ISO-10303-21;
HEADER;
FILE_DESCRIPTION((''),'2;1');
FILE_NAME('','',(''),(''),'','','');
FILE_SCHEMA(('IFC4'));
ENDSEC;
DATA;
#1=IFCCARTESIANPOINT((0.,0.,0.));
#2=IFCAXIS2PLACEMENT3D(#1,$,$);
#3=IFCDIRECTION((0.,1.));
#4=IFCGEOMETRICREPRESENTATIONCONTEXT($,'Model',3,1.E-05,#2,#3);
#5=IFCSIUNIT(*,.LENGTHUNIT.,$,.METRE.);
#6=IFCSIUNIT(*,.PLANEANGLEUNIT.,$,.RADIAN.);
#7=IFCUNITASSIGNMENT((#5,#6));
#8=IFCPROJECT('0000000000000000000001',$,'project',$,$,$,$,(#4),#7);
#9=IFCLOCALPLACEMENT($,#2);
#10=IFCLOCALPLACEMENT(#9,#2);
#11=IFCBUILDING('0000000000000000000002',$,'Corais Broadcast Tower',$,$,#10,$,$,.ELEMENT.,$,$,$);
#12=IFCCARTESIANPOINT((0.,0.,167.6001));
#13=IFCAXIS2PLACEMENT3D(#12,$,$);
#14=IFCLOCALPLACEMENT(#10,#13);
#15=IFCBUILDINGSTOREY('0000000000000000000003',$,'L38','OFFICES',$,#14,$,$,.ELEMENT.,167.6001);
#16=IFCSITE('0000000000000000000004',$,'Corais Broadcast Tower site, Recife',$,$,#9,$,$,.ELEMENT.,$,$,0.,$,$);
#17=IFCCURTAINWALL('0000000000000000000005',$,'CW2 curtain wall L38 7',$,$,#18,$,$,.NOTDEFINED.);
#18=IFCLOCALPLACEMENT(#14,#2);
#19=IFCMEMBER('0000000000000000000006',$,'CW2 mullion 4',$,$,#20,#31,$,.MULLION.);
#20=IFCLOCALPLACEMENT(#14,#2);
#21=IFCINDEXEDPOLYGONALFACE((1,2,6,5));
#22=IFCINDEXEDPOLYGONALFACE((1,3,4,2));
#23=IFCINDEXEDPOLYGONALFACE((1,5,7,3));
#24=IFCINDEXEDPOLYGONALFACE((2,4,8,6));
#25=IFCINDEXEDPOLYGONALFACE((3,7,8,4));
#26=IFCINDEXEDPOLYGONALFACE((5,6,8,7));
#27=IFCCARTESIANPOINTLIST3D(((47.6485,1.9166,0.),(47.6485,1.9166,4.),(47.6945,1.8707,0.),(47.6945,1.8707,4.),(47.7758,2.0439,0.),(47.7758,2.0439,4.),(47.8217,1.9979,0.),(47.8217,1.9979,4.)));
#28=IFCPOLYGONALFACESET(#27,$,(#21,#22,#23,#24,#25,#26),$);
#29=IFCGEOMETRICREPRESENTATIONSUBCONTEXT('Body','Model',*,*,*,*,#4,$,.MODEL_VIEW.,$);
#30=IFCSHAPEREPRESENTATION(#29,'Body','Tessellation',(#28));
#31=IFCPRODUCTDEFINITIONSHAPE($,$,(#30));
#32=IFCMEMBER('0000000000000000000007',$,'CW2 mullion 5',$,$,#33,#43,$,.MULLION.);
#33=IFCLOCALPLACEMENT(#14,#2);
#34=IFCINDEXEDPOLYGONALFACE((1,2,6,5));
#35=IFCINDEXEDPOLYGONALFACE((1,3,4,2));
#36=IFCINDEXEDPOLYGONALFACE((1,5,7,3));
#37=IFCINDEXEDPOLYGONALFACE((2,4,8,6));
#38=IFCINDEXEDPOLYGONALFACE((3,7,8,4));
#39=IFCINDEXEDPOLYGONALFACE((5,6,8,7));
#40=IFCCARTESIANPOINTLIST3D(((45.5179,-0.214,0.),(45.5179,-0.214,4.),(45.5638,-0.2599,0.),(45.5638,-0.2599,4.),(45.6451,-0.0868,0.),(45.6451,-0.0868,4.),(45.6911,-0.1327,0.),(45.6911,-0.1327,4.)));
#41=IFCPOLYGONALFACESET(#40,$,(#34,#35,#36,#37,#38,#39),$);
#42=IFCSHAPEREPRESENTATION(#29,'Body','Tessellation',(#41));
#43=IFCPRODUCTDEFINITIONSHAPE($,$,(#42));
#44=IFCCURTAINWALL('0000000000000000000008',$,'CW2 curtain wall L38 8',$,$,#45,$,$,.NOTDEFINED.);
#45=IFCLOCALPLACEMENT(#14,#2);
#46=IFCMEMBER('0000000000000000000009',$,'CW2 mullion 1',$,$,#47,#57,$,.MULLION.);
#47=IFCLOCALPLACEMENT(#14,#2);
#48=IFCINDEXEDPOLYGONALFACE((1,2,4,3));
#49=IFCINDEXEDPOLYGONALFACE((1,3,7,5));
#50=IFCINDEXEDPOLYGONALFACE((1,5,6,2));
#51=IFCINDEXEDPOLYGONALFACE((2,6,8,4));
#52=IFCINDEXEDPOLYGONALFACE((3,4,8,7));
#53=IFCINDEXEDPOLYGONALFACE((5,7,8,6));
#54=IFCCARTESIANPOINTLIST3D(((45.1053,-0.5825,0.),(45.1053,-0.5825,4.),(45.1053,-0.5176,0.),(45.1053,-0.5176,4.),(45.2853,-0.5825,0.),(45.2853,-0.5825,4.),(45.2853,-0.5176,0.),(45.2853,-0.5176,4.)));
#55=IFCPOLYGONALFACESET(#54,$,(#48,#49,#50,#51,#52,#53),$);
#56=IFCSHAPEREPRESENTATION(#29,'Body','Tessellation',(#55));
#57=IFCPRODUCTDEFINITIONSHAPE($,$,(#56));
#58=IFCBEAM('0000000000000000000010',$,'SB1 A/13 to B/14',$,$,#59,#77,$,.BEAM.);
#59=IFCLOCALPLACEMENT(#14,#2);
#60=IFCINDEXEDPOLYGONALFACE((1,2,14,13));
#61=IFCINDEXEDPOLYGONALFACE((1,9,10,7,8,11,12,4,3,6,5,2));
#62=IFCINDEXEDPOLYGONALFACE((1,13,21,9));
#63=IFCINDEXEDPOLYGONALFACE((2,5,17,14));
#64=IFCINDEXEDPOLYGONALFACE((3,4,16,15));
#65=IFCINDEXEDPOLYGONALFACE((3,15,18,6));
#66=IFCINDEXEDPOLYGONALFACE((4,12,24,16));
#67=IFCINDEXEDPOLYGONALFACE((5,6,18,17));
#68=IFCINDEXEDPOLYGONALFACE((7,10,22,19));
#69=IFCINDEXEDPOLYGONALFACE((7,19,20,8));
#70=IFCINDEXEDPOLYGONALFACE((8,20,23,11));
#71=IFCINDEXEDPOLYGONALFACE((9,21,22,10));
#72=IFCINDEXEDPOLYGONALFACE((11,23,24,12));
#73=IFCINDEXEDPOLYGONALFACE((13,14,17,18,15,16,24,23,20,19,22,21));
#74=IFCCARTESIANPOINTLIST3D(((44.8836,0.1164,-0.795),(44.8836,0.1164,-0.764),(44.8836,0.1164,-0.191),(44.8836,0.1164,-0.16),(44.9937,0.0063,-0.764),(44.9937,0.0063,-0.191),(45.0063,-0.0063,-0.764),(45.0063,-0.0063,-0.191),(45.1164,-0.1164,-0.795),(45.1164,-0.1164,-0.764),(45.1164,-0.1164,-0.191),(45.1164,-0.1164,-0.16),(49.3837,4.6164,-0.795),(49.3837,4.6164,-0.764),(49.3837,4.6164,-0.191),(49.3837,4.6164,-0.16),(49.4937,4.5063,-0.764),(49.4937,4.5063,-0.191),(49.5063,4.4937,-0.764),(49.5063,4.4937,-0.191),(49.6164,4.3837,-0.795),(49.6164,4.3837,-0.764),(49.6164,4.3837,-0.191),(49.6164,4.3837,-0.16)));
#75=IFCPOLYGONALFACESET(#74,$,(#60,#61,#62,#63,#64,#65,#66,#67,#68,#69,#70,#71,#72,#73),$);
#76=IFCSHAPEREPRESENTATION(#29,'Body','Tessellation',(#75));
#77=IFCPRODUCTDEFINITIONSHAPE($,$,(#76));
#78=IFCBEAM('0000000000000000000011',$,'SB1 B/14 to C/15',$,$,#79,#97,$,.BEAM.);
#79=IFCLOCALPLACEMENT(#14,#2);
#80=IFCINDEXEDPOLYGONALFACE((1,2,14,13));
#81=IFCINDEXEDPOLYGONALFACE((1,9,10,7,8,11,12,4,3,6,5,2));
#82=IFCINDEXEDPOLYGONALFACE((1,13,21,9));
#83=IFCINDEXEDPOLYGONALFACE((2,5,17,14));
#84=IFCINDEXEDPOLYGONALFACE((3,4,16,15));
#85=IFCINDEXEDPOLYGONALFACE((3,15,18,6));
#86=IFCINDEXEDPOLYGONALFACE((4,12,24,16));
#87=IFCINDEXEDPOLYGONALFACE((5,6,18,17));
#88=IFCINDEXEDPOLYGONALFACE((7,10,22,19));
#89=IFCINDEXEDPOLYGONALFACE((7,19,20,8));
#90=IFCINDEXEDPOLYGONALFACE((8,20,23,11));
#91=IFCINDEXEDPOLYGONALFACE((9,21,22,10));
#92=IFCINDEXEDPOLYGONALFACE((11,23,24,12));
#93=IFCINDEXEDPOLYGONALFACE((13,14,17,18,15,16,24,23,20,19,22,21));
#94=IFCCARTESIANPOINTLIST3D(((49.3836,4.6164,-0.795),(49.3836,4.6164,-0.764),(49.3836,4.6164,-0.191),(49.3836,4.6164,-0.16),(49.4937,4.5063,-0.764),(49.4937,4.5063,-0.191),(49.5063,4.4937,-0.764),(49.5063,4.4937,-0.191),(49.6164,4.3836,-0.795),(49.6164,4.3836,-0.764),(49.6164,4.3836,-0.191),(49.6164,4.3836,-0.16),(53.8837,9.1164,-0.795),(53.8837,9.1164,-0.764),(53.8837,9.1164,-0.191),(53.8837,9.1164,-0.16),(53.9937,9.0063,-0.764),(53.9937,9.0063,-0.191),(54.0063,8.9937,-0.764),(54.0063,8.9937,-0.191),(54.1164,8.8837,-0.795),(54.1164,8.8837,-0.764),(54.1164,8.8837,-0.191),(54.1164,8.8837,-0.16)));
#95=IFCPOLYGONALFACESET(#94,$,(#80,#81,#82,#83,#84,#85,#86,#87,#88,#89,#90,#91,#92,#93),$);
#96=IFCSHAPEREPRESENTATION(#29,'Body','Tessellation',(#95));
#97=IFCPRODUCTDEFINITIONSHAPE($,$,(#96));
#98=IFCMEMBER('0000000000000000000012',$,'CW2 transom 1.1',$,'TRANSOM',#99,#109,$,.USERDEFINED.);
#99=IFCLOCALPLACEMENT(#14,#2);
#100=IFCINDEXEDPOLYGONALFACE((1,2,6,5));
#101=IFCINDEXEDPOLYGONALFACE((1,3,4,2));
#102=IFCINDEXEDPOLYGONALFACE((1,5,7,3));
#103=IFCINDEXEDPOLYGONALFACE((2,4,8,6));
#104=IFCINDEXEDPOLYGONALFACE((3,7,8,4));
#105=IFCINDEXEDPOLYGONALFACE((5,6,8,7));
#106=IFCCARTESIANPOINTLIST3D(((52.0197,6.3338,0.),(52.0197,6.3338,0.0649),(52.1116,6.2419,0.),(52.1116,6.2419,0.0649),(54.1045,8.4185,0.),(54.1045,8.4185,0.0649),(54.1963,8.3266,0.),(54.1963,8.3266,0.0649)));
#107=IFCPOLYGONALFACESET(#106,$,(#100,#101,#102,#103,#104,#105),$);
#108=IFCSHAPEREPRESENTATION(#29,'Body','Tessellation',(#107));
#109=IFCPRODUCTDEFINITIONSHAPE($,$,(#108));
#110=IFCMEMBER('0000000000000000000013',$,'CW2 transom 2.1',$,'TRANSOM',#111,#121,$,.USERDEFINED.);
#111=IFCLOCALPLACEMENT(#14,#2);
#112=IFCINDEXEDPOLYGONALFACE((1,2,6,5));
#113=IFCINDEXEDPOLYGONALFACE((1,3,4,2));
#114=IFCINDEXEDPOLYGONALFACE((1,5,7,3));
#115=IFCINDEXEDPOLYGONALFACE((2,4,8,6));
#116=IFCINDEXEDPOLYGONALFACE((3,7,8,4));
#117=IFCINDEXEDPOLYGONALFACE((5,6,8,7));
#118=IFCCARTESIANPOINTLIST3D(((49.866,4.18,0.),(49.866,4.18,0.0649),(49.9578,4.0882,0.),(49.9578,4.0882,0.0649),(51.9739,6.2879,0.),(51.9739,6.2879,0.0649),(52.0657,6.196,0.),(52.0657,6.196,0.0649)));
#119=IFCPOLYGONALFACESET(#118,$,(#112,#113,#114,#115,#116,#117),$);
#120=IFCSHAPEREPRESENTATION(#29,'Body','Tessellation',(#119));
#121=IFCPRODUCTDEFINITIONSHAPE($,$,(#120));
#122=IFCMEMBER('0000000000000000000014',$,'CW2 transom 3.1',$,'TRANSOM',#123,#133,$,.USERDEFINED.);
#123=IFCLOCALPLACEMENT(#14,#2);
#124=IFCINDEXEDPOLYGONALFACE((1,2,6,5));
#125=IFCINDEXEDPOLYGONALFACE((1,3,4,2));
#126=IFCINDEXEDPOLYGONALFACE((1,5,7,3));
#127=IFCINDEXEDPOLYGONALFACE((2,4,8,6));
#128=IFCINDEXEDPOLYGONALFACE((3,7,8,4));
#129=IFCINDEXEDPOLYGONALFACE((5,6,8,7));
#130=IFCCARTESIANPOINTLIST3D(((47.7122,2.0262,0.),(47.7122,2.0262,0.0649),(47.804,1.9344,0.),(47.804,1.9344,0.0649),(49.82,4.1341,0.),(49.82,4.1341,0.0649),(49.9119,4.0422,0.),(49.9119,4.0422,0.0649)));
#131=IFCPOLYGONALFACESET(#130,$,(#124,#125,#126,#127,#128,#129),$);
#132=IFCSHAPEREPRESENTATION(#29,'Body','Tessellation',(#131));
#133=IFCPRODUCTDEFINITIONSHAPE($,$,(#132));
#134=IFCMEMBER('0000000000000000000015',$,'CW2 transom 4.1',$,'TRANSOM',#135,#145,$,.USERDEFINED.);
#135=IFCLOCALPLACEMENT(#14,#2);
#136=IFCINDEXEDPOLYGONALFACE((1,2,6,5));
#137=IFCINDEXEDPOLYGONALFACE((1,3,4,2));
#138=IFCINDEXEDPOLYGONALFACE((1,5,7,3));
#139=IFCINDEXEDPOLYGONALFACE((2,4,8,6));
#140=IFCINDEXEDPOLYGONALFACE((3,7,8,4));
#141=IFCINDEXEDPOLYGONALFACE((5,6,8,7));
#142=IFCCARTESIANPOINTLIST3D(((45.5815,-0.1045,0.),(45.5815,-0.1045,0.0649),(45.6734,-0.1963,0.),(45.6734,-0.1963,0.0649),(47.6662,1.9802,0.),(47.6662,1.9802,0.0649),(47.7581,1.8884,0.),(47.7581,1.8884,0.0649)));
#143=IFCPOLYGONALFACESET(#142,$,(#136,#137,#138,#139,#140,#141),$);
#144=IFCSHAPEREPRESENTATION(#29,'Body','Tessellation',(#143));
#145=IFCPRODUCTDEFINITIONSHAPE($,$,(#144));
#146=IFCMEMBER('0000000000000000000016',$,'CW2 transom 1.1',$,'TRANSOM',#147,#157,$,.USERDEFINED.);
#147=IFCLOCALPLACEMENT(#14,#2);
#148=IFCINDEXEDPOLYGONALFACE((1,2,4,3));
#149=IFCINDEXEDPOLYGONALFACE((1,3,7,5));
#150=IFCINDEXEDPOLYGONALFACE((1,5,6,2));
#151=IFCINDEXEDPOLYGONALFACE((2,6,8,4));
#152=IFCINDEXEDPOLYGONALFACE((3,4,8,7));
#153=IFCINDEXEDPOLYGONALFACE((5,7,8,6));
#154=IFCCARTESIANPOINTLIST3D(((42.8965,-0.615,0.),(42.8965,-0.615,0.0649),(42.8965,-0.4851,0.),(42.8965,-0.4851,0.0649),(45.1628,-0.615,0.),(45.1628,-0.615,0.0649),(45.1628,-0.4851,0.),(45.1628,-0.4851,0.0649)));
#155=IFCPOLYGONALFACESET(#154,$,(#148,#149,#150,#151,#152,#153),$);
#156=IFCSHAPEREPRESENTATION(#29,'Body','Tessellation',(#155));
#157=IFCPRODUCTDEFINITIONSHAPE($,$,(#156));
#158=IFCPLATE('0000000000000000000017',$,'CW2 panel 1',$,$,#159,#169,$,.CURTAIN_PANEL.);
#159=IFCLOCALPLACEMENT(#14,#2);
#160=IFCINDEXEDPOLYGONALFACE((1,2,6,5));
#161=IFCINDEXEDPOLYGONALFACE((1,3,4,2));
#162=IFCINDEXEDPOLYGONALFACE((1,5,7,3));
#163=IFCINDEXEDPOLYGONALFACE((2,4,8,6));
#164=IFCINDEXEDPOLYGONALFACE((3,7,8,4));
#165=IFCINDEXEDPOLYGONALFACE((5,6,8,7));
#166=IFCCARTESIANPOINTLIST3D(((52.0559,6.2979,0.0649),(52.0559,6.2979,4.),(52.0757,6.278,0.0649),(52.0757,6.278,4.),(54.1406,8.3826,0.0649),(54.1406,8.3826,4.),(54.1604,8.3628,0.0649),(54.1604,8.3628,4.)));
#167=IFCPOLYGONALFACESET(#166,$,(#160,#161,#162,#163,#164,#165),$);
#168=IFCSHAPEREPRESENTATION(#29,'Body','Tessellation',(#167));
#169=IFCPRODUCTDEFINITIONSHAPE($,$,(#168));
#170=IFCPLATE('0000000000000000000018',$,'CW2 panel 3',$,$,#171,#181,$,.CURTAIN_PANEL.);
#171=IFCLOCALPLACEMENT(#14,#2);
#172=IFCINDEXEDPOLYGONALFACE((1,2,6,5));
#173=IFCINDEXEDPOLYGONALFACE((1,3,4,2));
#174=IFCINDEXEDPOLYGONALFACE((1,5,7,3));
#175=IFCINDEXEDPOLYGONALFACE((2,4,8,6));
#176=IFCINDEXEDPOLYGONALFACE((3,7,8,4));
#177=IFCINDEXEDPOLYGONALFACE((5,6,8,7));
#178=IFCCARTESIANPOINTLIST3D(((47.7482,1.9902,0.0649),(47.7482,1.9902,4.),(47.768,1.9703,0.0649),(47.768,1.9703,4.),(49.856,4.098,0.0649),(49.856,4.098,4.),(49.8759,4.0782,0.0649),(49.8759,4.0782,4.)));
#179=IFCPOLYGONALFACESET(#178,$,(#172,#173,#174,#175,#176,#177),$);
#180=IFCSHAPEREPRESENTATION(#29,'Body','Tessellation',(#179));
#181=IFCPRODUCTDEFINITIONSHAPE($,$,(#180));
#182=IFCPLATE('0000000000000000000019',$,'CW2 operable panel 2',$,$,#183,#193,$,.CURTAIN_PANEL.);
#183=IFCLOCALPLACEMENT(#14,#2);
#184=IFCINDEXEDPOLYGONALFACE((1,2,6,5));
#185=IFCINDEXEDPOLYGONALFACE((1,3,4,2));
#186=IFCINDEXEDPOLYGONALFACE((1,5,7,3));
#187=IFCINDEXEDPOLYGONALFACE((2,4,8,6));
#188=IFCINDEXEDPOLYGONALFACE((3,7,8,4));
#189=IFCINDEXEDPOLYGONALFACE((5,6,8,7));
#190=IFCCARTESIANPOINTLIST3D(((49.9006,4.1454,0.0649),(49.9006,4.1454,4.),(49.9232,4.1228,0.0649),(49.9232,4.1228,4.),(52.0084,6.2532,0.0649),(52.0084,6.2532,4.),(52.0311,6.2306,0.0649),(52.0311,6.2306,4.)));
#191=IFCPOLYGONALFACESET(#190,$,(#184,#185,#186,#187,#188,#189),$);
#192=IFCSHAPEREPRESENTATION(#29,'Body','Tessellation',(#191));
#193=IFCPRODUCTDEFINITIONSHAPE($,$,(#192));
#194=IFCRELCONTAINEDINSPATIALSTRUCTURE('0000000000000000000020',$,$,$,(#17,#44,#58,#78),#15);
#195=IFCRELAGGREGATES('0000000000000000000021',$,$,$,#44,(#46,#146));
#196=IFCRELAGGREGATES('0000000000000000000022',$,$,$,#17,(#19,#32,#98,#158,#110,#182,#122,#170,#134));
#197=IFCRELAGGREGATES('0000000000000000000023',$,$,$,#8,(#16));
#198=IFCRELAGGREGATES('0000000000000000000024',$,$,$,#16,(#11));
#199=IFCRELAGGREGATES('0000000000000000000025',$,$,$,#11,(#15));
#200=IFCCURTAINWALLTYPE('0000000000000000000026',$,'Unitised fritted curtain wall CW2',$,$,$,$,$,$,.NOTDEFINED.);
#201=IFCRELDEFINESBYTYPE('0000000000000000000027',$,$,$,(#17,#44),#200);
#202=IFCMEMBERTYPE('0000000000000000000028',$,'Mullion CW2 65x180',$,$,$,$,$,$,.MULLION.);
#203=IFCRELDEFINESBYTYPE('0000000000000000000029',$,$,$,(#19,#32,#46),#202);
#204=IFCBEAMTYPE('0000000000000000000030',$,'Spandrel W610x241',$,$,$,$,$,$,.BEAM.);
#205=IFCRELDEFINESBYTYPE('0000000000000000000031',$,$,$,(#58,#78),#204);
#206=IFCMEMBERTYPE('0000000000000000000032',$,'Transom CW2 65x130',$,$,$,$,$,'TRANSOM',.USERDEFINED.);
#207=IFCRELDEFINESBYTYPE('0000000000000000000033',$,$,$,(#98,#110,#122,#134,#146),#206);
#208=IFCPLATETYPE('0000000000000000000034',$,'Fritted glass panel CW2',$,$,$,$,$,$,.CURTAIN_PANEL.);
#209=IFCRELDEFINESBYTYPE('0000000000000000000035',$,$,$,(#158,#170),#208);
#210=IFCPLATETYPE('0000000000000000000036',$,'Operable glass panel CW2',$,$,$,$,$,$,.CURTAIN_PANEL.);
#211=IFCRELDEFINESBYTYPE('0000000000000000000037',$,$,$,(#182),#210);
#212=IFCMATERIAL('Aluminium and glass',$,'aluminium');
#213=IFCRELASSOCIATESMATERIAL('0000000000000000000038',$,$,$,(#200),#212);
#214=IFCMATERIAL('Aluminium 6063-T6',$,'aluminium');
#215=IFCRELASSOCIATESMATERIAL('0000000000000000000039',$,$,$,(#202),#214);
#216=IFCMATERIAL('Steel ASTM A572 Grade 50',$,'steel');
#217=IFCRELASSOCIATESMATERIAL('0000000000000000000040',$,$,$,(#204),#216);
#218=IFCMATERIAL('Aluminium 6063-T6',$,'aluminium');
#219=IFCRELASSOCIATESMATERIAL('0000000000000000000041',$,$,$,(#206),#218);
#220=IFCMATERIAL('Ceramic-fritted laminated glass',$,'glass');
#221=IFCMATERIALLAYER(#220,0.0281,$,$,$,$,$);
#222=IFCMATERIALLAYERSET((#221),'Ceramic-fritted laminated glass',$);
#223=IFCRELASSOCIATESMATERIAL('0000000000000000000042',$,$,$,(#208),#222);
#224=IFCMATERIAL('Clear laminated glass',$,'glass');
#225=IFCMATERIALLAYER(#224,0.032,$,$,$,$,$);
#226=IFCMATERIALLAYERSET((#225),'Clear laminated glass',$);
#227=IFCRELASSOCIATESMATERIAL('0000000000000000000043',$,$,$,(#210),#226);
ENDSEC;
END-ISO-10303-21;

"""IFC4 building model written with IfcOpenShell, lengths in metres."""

from ifc_helpers import new_model, si_unit, direction, frame, origin, origin_2d, place, context, subcontext, project, spatial, rectangle, i_section, extrude, material, layer, layer_set, material_profile, profile_set, type_object, element, aggregate, save


model = new_model("IFC4")

# Units and contexts
model_context = context("Model", 3, precision=1e-05, world=origin(), true_north=direction((0.0, 1.0)))
body_context = subcontext(model_context, "Body", "Model", "MODEL_VIEW")
ifc_project = project(units=[si_unit("LENGTHUNIT", "METRE"), si_unit("PLANEANGLEUNIT", "RADIAN")], contexts=[model_context])

# Site, building, storey
site_placement = place(None, origin())
site = spatial("IfcSite", under=ifc_project, at=site_placement, Name="Corais Broadcast Tower site, Recife", CompositionType="ELEMENT", RefElevation=0.0)
building_placement = place(site_placement, origin())
building = spatial("IfcBuilding", under=site, at=building_placement, Name="Corais Broadcast Tower", CompositionType="ELEMENT")
storey_placement = place(building_placement, frame((0.0, 0.0, 167.6001)))
storey = spatial("IfcBuildingStorey", under=building, at=storey_placement, Name="L38", Description="OFFICES", CompositionType="ELEMENT", Elevation=167.6001)

# Shared definitions
ifc_material_1 = material(Name="Aluminium and glass", Category="aluminium")
curtain_wall_type = type_object("IfcCurtainWallType", Name="Unitised fritted curtain wall CW2", PredefinedType="NOTDEFINED", material=ifc_material_1)
ifc_material_2 = material(Name="Aluminium 6063-T6", Category="aluminium")
ifc_material_profile_1 = material_profile(ifc_material_2, rectangle(XDim=0.0649, YDim=0.1799, at=origin_2d()), Name="Mullion CW2 65x180")
ifc_profile_set_1 = profile_set([ifc_material_profile_1], Name="Aluminium 6063-T6")
member_type_1 = type_object("IfcMemberType", Name="Mullion CW2 65x180", PredefinedType="MULLION", material=ifc_profile_set_1)

# Curtain wall, members
curtain_wall_1_placement = place(storey_placement, origin())
curtain_wall_1 = element("IfcCurtainWall", 1, at=curtain_wall_1_placement, inside=storey, type_object=curtain_wall_type, Name="CW2 curtain wall L38 7", PredefinedType="NOTDEFINED")
member_1_placement = place(storey_placement, frame((47.7351, 1.9573, 0.0), z_axis=(0.0, 0.0, 1.0), x_axis=(0.707107, -0.707107, 0.0)))
member_1 = element("IfcMember", 2, at=member_1_placement, type_object=member_type_1, Name="CW2 mullion 4", PredefinedType="MULLION", context=body_context, shape_type="SweptSolid", body=[
    extrude(rectangle(XDim=0.0649, YDim=0.1799, at=origin_2d()), origin(), (0.0, 0.0, 1.0), 4.0),
])
member_2_placement = place(storey_placement, frame((45.6045, -0.1733, 0.0), z_axis=(0.0, 0.0, 1.0), x_axis=(0.707107, -0.707107, 0.0)))
member_2 = element("IfcMember", 3, at=member_2_placement, type_object=member_type_1, Name="CW2 mullion 5", PredefinedType="MULLION", context=body_context, shape_type="SweptSolid", body=[
    extrude(rectangle(XDim=0.0649, YDim=0.1799, at=origin_2d()), origin(), (0.0, 0.0, 1.0), 4.0),
])

# Curtain wall, member
curtain_wall_2_placement = place(storey_placement, origin())
curtain_wall_2 = element("IfcCurtainWall", 4, at=curtain_wall_2_placement, inside=storey, type_object=curtain_wall_type, Name="CW2 curtain wall L38 8", PredefinedType="NOTDEFINED")
member_3_placement = place(storey_placement, frame((45.1953, -0.55, 0.0), z_axis=(0.0, 0.0, 1.0), x_axis=(0.0, -1.0, 0.0)))
member_3 = element("IfcMember", 5, at=member_3_placement, type_object=member_type_1, Name="CW2 mullion 1", PredefinedType="MULLION", context=body_context, shape_type="SweptSolid", body=[
    extrude(rectangle(XDim=0.0649, YDim=0.1799, at=origin_2d()), origin(), (0.0, 0.0, 1.0), 4.0),
])

# Beams
ifc_material_3 = material(Name="Steel ASTM A572 Grade 50", Category="steel")
ifc_material_profile_2 = material_profile(ifc_material_3, i_section(OverallWidth=0.3291, OverallDepth=0.635, WebThickness=0.0178, FlangeThickness=0.031, at=origin_2d()), Name="W610x241")
ifc_profile_set_2 = profile_set([ifc_material_profile_2], Name="Steel ASTM A572 Grade 50")
beam_type_1 = type_object("IfcBeamType", Name="Spandrel W610x241", PredefinedType="BEAM", material=ifc_profile_set_2)
for number, where, z_axis, x_axis, name in (
    (6, (45.0, 0.0, -0.4775), (0.707107, 0.707107, 0.0), (-0.707107, 0.707107, 0.0), "SB1 A/13 to B/14"),
    (7, (49.5, 4.5, -0.4775), (0.707107, 0.707107, 0.0), (-0.707107, 0.707107, 0.0), "SB1 B/14 to C/15"),
):
    element("IfcBeam", number, at=place(storey_placement, frame(where, z_axis=z_axis, x_axis=x_axis)), inside=storey, type_object=beam_type_1, Name=name, PredefinedType="BEAM", context=body_context, shape_type="SweptSolid", body=[
        extrude(i_section(OverallWidth=0.3291, OverallDepth=0.635, WebThickness=0.0178, FlangeThickness=0.031, at=origin_2d()), origin(), (0.0, 0.0, 1.0), 6.364),
    ])

# Members
ifc_material_4 = material(Name="Aluminium 6063-T6", Category="aluminium")
ifc_material_profile_3 = material_profile(ifc_material_4, rectangle(XDim=0.1299, YDim=0.0649, at=origin_2d()), Name="Transom CW2 65x130")
ifc_profile_set_3 = profile_set([ifc_material_profile_3], Name="Aluminium 6063-T6")
member_type_2 = type_object("IfcMemberType", Name="Transom CW2 65x130", ElementType="TRANSOM", PredefinedType="USERDEFINED", material=ifc_profile_set_3)
member_4_placement = place(storey_placement, frame((54.1504, 8.3726, 0.0325), z_axis=(-0.707107, -0.707107, 0.0), x_axis=(0.707107, -0.707107, 0.0)))
member_4 = element("IfcMember", 8, at=member_4_placement, type_object=member_type_2, Name="CW2 transom 1.1", ObjectType="TRANSOM", PredefinedType="USERDEFINED", context=body_context, shape_type="SweptSolid", body=[
    extrude(rectangle(XDim=0.1299, YDim=0.0649, at=origin_2d()), origin(), (0.0, 0.0, 1.0), 2.9482),
])
member_5_placement = place(storey_placement, frame((52.0198, 6.2419, 0.0325), z_axis=(-0.707107, -0.707107, 0.0), x_axis=(0.707107, -0.707107, 0.0)))
member_5 = element("IfcMember", 9, at=member_5_placement, type_object=member_type_2, Name="CW2 transom 2.1", ObjectType="TRANSOM", PredefinedType="USERDEFINED", context=body_context, shape_type="SweptSolid", body=[
    extrude(rectangle(XDim=0.1299, YDim=0.0649, at=origin_2d()), origin(), (0.0, 0.0, 1.0), 2.981),
])
member_6_placement = place(storey_placement, frame((49.866, 4.0881, 0.0325), z_axis=(-0.707107, -0.707107, 0.0), x_axis=(0.707107, -0.707107, 0.0)))
member_6 = element("IfcMember", 10, at=member_6_placement, type_object=member_type_2, Name="CW2 transom 3.1", ObjectType="TRANSOM", PredefinedType="USERDEFINED", context=body_context, shape_type="SweptSolid", body=[
    extrude(rectangle(XDim=0.1299, YDim=0.0649, at=origin_2d()), origin(), (0.0, 0.0, 1.0), 2.981),
])
member_7_placement = place(storey_placement, frame((47.7122, 1.9343, 0.0325), z_axis=(-0.707107, -0.707107, 0.0), x_axis=(0.707107, -0.707107, 0.0)))
member_7 = element("IfcMember", 11, at=member_7_placement, type_object=member_type_2, Name="CW2 transom 4.1", ObjectType="TRANSOM", PredefinedType="USERDEFINED", context=body_context, shape_type="SweptSolid", body=[
    extrude(rectangle(XDim=0.1299, YDim=0.0649, at=origin_2d()), origin(), (0.0, 0.0, 1.0), 2.9482),
])
member_8_placement = place(storey_placement, frame((45.1628, -0.55, 0.0325), z_axis=(-1.0, 0.0, 0.0), x_axis=(0.0, -1.0, 0.0)))
member_8 = element("IfcMember", 12, at=member_8_placement, type_object=member_type_2, Name="CW2 transom 1.1", ObjectType="TRANSOM", PredefinedType="USERDEFINED", context=body_context, shape_type="SweptSolid", body=[
    extrude(rectangle(XDim=0.1299, YDim=0.0649, at=origin_2d()), origin(), (0.0, 0.0, 1.0), 2.2664),
])
aggregate(curtain_wall_2, [member_3, member_8])

# Plates
ifc_material_5 = material(Name="Ceramic-fritted laminated glass", Category="glass")
ifc_layer_1 = layer(ifc_material_5, 0.0281)
ifc_layer_set_1 = layer_set([ifc_layer_1], Name="Ceramic-fritted laminated glass")
plate_type_1 = type_object("IfcPlateType", Name="Fritted glass panel CW2", PredefinedType="CURTAIN_PANEL", material=ifc_layer_set_1)
plate_1_placement = place(storey_placement, frame((53.1082, 7.3303, 0.0649), z_axis=(0.0, 0.0, 1.0), x_axis=(-0.707107, -0.707107, 0.0)))
plate_1 = element("IfcPlate", 13, at=plate_1_placement, type_object=plate_type_1, Name="CW2 panel 1", PredefinedType="CURTAIN_PANEL", context=body_context, shape_type="SweptSolid", body=[
    extrude(rectangle(XDim=2.9482, YDim=0.0281, at=origin_2d()), origin(), (0.0, 0.0, 1.0), 3.9351),
])
plate_2_placement = place(storey_placement, frame((48.812, 3.0342, 0.0649), z_axis=(0.0, 0.0, 1.0), x_axis=(-0.707107, -0.707107, 0.0)))
plate_2 = element("IfcPlate", 14, at=plate_2_placement, type_object=plate_type_1, Name="CW2 panel 3", PredefinedType="CURTAIN_PANEL", context=body_context, shape_type="SweptSolid", body=[
    extrude(rectangle(XDim=2.981, YDim=0.0281, at=origin_2d()), origin(), (0.0, 0.0, 1.0), 3.9351),
])
ifc_material_6 = material(Name="Clear laminated glass", Category="glass")
ifc_layer_2 = layer(ifc_material_6, 0.032)
ifc_layer_set_2 = layer_set([ifc_layer_2], Name="Clear laminated glass")
plate_type_2 = type_object("IfcPlateType", Name="Operable glass panel CW2", PredefinedType="CURTAIN_PANEL", material=ifc_layer_set_2)
plate_3_placement = place(storey_placement, frame((50.9658, 5.188, 0.0649), z_axis=(0.0, 0.0, 1.0), x_axis=(-0.707107, -0.707107, 0.0)))
plate_3 = element("IfcPlate", 15, at=plate_3_placement, type_object=plate_type_2, Name="CW2 operable panel 2", PredefinedType="CURTAIN_PANEL", context=body_context, shape_type="SweptSolid", body=[
    extrude(rectangle(XDim=2.981, YDim=0.032, at=origin_2d()), origin(), (0.0, 0.0, 1.0), 3.9351),
])
aggregate(curtain_wall_1, [member_1, member_2, member_4, plate_1, member_5, plate_3, member_6, plate_2, member_7])

save(model, "model.ifc")
